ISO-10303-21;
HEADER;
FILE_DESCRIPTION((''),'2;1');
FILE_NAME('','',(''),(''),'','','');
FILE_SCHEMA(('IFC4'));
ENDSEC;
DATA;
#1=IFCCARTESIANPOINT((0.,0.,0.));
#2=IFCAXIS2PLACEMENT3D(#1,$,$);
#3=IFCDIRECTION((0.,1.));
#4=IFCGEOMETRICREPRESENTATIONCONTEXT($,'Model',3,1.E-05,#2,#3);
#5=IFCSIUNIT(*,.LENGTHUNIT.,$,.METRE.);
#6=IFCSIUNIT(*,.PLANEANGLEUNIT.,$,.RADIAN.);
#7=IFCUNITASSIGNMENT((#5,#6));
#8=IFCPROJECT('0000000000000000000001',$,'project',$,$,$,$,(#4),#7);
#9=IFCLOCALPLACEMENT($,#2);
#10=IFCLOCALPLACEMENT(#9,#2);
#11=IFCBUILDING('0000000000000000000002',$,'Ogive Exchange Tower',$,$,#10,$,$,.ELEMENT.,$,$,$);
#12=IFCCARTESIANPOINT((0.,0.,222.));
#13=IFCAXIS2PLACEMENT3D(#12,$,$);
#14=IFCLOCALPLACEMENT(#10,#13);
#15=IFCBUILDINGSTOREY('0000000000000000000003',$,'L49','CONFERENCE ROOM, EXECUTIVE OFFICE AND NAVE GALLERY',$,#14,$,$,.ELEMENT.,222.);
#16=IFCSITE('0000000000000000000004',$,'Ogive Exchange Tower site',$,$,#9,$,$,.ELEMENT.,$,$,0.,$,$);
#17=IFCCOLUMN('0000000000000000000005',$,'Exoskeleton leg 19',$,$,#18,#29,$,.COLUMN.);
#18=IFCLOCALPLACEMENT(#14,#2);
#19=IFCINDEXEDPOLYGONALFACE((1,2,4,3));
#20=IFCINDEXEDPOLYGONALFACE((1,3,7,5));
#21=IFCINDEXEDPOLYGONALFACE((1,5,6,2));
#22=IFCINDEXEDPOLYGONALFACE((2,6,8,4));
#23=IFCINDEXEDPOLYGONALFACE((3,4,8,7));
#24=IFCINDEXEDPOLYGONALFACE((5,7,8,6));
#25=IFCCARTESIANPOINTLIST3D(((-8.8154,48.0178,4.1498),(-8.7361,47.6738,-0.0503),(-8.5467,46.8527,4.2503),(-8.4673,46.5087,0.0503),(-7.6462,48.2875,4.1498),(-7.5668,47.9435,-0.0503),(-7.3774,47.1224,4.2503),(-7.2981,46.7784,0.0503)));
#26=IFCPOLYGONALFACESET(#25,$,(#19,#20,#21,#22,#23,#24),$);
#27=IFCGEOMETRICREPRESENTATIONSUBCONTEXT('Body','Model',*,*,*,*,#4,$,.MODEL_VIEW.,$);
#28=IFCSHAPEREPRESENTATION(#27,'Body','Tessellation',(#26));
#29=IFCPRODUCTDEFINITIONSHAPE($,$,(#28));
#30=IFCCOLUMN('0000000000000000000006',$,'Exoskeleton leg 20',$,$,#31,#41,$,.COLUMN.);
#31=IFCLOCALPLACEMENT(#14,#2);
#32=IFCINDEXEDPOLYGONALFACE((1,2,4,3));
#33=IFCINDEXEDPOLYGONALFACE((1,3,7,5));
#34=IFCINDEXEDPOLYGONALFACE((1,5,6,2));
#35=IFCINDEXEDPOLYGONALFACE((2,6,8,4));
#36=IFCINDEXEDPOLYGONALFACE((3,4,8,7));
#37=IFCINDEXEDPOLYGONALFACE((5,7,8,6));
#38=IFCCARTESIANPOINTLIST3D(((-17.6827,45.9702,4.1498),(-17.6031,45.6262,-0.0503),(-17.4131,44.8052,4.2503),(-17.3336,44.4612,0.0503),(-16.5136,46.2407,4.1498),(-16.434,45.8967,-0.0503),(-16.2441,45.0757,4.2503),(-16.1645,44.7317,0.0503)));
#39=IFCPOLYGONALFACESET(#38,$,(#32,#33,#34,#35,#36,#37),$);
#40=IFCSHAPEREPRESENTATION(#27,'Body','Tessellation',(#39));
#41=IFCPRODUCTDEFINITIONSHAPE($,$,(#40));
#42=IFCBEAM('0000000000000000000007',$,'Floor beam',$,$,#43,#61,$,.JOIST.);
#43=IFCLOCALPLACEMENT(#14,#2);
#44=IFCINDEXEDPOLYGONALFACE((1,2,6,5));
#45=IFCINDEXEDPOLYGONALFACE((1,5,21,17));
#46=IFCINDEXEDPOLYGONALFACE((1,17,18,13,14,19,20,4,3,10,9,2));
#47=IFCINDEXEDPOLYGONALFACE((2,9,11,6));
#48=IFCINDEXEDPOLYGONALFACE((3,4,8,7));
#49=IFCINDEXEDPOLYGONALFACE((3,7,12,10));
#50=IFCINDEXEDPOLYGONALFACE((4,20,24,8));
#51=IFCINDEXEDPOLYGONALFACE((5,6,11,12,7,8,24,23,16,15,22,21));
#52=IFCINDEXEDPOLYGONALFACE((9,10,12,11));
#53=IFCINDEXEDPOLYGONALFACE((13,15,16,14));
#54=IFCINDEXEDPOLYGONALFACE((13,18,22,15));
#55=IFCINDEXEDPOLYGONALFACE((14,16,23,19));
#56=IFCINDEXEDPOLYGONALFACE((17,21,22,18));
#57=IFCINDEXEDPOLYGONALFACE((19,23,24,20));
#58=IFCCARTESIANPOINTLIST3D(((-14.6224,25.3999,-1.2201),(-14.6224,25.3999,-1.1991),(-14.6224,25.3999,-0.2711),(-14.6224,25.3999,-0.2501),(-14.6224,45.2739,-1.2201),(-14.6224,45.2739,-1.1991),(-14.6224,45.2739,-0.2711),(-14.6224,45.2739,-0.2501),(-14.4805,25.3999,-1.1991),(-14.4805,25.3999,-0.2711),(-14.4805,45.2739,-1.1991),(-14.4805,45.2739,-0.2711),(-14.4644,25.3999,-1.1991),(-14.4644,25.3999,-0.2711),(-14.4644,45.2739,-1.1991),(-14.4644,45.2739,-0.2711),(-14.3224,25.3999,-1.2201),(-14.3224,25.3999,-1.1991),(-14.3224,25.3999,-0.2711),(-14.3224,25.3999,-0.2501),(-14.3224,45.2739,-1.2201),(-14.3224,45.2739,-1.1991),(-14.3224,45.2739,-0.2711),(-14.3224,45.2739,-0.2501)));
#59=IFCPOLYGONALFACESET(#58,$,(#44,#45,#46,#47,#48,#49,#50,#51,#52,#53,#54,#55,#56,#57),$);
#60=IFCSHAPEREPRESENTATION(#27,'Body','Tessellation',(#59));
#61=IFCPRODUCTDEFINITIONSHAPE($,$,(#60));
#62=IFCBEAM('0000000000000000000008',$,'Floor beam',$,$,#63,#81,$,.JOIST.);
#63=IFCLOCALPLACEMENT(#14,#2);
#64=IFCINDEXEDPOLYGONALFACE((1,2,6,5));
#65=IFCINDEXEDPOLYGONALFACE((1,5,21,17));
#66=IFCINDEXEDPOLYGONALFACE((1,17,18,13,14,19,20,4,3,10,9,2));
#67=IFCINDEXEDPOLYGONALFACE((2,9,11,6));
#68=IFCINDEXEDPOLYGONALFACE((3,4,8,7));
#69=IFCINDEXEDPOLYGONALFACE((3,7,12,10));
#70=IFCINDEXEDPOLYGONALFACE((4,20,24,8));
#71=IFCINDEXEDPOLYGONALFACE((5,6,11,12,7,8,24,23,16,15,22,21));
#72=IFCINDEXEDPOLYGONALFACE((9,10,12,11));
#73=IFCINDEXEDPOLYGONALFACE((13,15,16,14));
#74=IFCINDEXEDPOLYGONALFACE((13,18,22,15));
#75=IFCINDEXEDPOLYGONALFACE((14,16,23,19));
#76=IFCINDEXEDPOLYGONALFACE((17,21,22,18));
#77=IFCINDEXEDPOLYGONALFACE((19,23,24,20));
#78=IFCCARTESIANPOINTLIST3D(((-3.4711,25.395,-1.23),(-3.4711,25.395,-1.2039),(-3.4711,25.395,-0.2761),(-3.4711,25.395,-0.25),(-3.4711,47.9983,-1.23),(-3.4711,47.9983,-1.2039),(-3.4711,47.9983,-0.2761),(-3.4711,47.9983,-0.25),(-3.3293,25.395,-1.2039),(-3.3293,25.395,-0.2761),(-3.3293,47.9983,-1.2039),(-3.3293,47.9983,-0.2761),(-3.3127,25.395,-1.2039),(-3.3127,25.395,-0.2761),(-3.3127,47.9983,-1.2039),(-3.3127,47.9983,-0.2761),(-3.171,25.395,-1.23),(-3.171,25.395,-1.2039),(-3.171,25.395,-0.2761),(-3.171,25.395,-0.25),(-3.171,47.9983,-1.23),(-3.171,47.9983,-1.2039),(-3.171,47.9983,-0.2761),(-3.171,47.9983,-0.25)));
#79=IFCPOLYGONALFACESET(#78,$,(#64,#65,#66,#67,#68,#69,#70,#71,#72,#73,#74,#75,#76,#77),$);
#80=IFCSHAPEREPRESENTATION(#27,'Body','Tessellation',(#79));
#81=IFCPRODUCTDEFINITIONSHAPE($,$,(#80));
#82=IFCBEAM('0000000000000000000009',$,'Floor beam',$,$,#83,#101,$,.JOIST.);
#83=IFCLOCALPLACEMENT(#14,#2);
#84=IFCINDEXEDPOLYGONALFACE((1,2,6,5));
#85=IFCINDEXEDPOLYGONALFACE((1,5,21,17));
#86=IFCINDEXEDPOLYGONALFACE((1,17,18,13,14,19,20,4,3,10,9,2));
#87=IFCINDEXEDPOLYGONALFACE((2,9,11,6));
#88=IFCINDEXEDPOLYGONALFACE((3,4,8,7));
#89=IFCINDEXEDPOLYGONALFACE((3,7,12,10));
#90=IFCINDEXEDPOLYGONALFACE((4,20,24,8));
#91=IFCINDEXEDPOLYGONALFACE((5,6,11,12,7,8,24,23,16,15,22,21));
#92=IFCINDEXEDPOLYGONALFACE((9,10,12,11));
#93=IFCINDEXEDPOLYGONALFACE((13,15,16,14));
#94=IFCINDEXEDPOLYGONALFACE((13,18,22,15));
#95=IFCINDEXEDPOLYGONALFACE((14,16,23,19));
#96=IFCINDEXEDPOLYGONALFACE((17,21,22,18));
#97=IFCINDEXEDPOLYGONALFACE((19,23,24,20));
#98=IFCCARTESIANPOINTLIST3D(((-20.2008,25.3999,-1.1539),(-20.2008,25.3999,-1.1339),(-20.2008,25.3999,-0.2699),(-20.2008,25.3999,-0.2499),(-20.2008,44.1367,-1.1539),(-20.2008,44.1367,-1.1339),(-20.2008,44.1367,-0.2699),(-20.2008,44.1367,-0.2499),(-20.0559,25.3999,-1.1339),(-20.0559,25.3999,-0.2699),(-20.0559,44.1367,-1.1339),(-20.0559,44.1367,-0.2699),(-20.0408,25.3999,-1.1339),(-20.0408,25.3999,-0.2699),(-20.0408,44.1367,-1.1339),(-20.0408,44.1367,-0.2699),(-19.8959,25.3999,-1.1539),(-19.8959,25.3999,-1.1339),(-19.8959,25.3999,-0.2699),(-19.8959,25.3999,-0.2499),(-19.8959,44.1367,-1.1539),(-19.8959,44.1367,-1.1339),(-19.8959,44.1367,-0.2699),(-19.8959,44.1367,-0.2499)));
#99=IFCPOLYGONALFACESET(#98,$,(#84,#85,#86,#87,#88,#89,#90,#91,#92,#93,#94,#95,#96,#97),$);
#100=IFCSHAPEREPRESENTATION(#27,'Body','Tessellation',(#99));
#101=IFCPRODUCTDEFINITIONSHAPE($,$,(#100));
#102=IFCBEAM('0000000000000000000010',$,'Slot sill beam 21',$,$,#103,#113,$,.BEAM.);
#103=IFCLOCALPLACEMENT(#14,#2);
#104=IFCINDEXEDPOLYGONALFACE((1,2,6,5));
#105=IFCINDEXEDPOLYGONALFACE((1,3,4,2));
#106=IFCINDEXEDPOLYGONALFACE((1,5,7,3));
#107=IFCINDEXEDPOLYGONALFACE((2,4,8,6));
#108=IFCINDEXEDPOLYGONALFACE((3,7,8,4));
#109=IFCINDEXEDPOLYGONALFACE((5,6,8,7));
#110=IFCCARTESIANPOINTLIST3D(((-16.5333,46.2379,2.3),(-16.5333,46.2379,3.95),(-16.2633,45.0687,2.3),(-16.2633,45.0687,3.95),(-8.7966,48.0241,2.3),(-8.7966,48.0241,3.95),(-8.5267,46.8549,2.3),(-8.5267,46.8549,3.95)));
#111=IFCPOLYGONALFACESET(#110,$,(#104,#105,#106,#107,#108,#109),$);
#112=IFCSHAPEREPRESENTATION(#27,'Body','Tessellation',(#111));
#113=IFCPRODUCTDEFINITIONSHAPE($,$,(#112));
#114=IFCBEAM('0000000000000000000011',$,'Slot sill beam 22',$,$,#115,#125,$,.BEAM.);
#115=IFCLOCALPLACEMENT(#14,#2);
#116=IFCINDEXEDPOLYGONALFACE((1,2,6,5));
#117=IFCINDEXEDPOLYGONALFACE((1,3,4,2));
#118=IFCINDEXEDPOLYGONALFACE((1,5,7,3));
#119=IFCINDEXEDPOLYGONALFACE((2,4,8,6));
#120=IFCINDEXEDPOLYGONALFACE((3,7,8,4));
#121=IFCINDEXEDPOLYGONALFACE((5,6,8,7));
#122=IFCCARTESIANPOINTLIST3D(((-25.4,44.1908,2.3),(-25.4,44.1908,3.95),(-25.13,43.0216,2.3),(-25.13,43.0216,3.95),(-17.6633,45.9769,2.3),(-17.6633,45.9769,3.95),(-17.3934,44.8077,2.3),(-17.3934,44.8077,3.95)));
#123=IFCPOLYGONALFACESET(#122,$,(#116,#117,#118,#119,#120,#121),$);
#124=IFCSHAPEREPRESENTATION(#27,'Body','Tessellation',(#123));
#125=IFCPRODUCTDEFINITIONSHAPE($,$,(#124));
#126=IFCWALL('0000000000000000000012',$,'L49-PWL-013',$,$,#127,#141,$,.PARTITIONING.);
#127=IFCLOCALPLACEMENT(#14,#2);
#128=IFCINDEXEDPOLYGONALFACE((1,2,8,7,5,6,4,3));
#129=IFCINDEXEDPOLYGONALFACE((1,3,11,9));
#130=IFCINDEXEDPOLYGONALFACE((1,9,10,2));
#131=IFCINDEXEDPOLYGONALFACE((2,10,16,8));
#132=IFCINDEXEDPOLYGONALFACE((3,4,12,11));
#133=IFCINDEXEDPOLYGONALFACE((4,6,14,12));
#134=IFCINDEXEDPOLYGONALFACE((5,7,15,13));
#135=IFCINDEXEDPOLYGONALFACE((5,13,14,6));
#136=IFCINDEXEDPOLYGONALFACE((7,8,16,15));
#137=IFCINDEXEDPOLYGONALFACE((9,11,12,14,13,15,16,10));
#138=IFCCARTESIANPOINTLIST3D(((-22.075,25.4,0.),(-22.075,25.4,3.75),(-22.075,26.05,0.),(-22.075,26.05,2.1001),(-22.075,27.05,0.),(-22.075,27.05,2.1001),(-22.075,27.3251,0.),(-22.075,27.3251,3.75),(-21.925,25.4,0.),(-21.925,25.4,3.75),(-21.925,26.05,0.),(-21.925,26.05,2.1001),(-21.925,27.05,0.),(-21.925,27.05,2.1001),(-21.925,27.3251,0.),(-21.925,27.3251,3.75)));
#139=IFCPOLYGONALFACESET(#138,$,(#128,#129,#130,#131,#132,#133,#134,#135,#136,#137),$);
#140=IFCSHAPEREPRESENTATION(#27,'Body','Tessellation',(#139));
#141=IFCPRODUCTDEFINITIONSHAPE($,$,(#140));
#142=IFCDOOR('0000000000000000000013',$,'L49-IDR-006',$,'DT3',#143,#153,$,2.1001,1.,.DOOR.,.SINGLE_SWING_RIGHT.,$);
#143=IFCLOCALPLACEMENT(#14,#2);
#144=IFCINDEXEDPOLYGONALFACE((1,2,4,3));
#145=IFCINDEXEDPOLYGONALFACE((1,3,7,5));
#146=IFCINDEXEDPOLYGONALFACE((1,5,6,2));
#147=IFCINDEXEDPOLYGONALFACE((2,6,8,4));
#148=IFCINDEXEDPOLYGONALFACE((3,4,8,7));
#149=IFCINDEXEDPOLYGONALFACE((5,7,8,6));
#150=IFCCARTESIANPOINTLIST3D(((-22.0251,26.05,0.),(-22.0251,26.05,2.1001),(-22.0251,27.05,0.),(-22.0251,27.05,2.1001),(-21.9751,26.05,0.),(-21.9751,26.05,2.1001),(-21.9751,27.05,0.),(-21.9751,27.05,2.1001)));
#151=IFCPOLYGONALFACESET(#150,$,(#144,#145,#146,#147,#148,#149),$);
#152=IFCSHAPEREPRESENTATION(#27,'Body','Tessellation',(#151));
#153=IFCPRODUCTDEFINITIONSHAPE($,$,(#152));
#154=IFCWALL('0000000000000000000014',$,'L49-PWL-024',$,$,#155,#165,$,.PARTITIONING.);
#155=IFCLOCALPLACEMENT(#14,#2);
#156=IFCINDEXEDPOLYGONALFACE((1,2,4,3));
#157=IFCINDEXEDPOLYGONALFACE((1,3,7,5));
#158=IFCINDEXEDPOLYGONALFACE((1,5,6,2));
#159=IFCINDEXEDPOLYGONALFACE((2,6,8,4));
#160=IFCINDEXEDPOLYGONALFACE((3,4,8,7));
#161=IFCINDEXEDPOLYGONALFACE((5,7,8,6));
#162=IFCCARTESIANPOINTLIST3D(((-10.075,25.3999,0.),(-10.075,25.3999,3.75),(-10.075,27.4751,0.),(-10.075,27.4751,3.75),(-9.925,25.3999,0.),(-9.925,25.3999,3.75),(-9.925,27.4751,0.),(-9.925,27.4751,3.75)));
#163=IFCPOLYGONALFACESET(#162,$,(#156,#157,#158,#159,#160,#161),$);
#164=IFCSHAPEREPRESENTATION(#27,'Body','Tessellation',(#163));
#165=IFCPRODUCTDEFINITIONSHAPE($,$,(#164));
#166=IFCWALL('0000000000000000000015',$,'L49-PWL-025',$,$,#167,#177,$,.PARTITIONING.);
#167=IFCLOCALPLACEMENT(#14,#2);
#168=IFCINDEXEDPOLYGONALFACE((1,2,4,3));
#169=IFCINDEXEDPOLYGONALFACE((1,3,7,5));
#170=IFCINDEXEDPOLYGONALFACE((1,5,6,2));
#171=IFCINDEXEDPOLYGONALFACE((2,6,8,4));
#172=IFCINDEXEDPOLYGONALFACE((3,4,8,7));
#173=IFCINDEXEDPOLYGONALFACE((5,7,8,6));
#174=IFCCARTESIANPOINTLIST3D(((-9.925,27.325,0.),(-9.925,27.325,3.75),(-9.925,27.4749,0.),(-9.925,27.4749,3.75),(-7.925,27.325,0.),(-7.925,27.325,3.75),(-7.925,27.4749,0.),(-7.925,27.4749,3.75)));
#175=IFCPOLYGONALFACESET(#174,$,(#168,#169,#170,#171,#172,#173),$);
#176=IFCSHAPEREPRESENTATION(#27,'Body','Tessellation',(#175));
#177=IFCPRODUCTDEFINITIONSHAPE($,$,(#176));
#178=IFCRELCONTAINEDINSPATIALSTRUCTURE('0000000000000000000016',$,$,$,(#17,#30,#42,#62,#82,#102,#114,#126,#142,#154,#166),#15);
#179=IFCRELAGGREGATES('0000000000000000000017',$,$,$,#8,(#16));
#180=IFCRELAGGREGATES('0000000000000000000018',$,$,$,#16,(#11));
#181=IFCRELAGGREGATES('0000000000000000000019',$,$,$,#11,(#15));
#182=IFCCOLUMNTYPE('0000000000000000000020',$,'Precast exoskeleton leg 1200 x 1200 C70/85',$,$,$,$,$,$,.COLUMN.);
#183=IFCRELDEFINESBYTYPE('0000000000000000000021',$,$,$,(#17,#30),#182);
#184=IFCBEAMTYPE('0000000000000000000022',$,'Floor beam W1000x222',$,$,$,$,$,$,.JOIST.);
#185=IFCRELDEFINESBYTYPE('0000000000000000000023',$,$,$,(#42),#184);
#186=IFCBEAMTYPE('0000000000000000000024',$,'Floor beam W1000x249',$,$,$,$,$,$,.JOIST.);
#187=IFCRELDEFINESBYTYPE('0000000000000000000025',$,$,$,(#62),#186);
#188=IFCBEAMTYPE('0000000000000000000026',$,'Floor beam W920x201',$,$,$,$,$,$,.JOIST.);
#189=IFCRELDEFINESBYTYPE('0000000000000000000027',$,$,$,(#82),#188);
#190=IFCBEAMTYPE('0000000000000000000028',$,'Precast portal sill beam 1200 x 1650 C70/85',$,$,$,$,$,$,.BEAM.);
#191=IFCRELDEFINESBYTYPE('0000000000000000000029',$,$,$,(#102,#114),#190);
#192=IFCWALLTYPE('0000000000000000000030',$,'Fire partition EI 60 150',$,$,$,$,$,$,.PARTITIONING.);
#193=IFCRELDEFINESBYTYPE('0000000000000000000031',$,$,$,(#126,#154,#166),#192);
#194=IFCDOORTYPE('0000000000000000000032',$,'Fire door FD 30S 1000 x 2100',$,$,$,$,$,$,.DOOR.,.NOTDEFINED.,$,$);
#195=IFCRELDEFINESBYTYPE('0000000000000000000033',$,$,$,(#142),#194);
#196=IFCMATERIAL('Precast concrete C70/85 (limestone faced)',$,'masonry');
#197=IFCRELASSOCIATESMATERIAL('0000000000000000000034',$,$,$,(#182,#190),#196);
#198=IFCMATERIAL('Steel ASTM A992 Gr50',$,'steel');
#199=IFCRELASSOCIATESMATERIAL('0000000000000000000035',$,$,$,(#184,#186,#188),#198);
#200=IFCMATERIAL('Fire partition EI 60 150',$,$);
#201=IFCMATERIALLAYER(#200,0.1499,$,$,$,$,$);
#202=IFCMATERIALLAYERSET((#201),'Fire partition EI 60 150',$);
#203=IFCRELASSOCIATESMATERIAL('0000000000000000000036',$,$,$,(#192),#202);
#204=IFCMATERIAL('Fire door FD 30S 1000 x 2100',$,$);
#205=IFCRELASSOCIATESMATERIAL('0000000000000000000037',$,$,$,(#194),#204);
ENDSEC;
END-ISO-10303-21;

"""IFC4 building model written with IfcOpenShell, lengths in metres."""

from ifc_helpers import new_model, si_unit, direction, frame, frame_2d, origin, origin_2d, place, context, subcontext, project, spatial, rectangle, i_section, extrude, material, layer, layer_set, material_profile, profile_set, type_object, element, fill, save


model = new_model("IFC4")

# Units and contexts
model_context = context("Model", 3, precision=1e-05, world=origin(), true_north=direction((0.0, 1.0)))
body_context = subcontext(model_context, "Body", "Model", "MODEL_VIEW")
ifc_project = project(units=[si_unit("LENGTHUNIT", "METRE"), si_unit("PLANEANGLEUNIT", "RADIAN")], contexts=[model_context])

# Site, building, storey
site_placement = place(None, origin())
site = spatial("IfcSite", under=ifc_project, at=site_placement, Name="Ogive Exchange Tower site", CompositionType="ELEMENT", RefElevation=0.0)
building_placement = place(site_placement, origin())
building = spatial("IfcBuilding", under=site, at=building_placement, Name="Ogive Exchange Tower", CompositionType="ELEMENT")
storey_placement = place(building_placement, frame((0.0, 0.0, 222.0)))
storey = spatial("IfcBuildingStorey", under=building, at=storey_placement, Name="L49", Description="CONFERENCE ROOM, EXECUTIVE OFFICE AND NAVE GALLERY", CompositionType="ELEMENT", Elevation=222.0)

# Columns
ifc_material_1 = material(Name="Precast concrete C70/85 (limestone faced)", Category="masonry")
ifc_material_profile_1 = material_profile(ifc_material_1, rectangle(XDim=1.2, YDim=1.2, at=origin_2d()), Name="1200 x 1200")
ifc_profile_set_1 = profile_set([ifc_material_profile_1], Name="Precast concrete C70/85 (limestone faced)")
column_type = type_object("IfcColumnType", Name="Precast exoskeleton leg 1200 x 1200 C70/85", PredefinedType="COLUMN", material=ifc_profile_set_1)
for number, where, z_axis, x_axis, name in (
    (1, (-8.0171, 47.2261, 0.0), (-0.018826, 0.081617, 0.996486), (-0.974415, -0.224758, 0.0), "Exoskeleton leg 19"),
    (2, (-16.8838, 45.179, 0.0), (-0.018884, 0.081616, 0.996485), (-0.974263, -0.225415, 0.0), "Exoskeleton leg 20"),
):
    element("IfcColumn", number, at=place(storey_placement, frame(where, z_axis=z_axis, x_axis=x_axis)), inside=storey, type_object=column_type, Name=name, PredefinedType="COLUMN", context=body_context, shape_type="SweptSolid", body=[
        extrude(rectangle(XDim=1.2, YDim=1.2, at=origin_2d()), origin(), (0.0, 0.0, 1.0), 4.2148),
    ])

# Beams
ifc_material_2 = material(Name="Steel ASTM A992 Gr50", Category="steel")
ifc_material_profile_2 = material_profile(ifc_material_2, i_section(OverallWidth=0.3, OverallDepth=0.97, WebThickness=0.0161, FlangeThickness=0.021, at=origin_2d()), Name="W1000x222")
ifc_profile_set_2 = profile_set([ifc_material_profile_2], Name="Steel ASTM A992 Gr50")
beam_type_1 = type_object("IfcBeamType", Name="Floor beam W1000x222", PredefinedType="JOIST", material=ifc_profile_set_2)
beam_1_placement = place(storey_placement, frame((-14.4724, 25.3999, -0.7351), z_axis=(0.0, 1.0, 0.0), x_axis=(-1.0, 0.0, 0.0)))
element("IfcBeam", 3, at=beam_1_placement, inside=storey, type_object=beam_type_1, Name="Floor beam", PredefinedType="JOIST", context=body_context, shape_type="SweptSolid", body=[
    extrude(i_section(OverallWidth=0.3, OverallDepth=0.97, WebThickness=0.0161, FlangeThickness=0.021, at=origin_2d()), origin(), (0.0, 0.0, 1.0), 19.874),
])
ifc_material_profile_3 = material_profile(ifc_material_2, i_section(OverallWidth=0.3, OverallDepth=0.98, WebThickness=0.0166, FlangeThickness=0.0261, at=origin_2d()), Name="W1000x249")
ifc_profile_set_3 = profile_set([ifc_material_profile_3], Name="Steel ASTM A992 Gr50")
beam_type_2 = type_object("IfcBeamType", Name="Floor beam W1000x249", PredefinedType="JOIST", material=ifc_profile_set_3)
beam_2_placement = place(storey_placement, frame((-3.321, 25.395, -0.74), z_axis=(0.0, 1.0, 0.0), x_axis=(-1.0, 0.0, 0.0)))
element("IfcBeam", 4, at=beam_2_placement, inside=storey, type_object=beam_type_2, Name="Floor beam", PredefinedType="JOIST", context=body_context, shape_type="SweptSolid", body=[
    extrude(i_section(OverallWidth=0.3, OverallDepth=0.98, WebThickness=0.0166, FlangeThickness=0.0261, at=origin_2d()), origin(), (0.0, 0.0, 1.0), 22.6033),
])
ifc_material_profile_4 = material_profile(ifc_material_2, i_section(OverallWidth=0.3049, OverallDepth=0.9041, WebThickness=0.0151, FlangeThickness=0.02, at=origin_2d()), Name="W920x201")
ifc_profile_set_4 = profile_set([ifc_material_profile_4], Name="Steel ASTM A992 Gr50")
beam_type_3 = type_object("IfcBeamType", Name="Floor beam W920x201", PredefinedType="JOIST", material=ifc_profile_set_4)
beam_3_placement = place(storey_placement, frame((-20.0483, 25.3999, -0.7019), z_axis=(0.0, 1.0, 0.0), x_axis=(-1.0, 0.0, 0.0)))
element("IfcBeam", 5, at=beam_3_placement, inside=storey, type_object=beam_type_3, Name="Floor beam", PredefinedType="JOIST", context=body_context, shape_type="SweptSolid", body=[
    extrude(i_section(OverallWidth=0.3049, OverallDepth=0.9041, WebThickness=0.0151, FlangeThickness=0.02, at=origin_2d()), origin(), (0.0, 0.0, 1.0), 18.7368),
])
ifc_material_profile_5 = material_profile(ifc_material_1, rectangle(XDim=1.2, YDim=1.6499, at=origin_2d()), Name="1200 x 1650")
ifc_profile_set_5 = profile_set([ifc_material_profile_5], Name="Precast concrete C70/85 (limestone faced)")
beam_type_4 = type_object("IfcBeamType", Name="Precast portal sill beam 1200 x 1650 C70/85", PredefinedType="BEAM", material=ifc_profile_set_5)
for number, where, z_axis, x_axis, name in (
    (6, (-8.6616, 47.4395, 3.125), (-0.97437, -0.224952, 0.0), (0.224952, -0.97437, 0.0), "Slot sill beam 21"),
    (7, (-17.5283, 45.3923, 3.125), (-0.97437, -0.224952, 0.0), (0.224952, -0.97437, 0.0), "Slot sill beam 22"),
):
    element("IfcBeam", number, at=place(storey_placement, frame(where, z_axis=z_axis, x_axis=x_axis)), inside=storey, type_object=beam_type_4, Name=name, PredefinedType="BEAM", context=body_context, shape_type="SweptSolid", body=[
        extrude(rectangle(XDim=1.2, YDim=1.6499, at=origin_2d()), origin(), (0.0, 0.0, 1.0), 7.9402),
    ])

# Wall, opening, door
ifc_material_3 = material(Name="Fire partition EI 60 150")
ifc_layer_1 = layer(ifc_material_3, 0.1499)
ifc_layer_set_1 = layer_set([ifc_layer_1], Name="Fire partition EI 60 150")
wall_type_1 = type_object("IfcWallType", Name="Fire partition EI 60 150", PredefinedType="PARTITIONING", material=ifc_layer_set_1)
wall_1_placement = place(storey_placement, frame((-22.0, 27.325, 0.0), z_axis=(0.0, 0.0, 1.0), x_axis=(0.0, -1.0, 0.0)))
wall_1 = element("IfcWall", 8, at=wall_1_placement, inside=storey, type_object=wall_type_1, Name="L49-PWL-013", PredefinedType="PARTITIONING", context=body_context, shape_type="SweptSolid", body=[
    extrude(rectangle(XDim=1.925, YDim=0.1499, at=frame_2d((0.9624, 0.0))), origin(), (0.0, 0.0, 1.0), 3.75),
])
opening_1_placement = place(wall_1_placement, frame((0.2749, 0.0, 0.0)))
opening_1 = element("IfcOpeningElement", 9, at=opening_1_placement, cuts=wall_1, PredefinedType="OPENING", context=body_context, shape_type="SweptSolid", body=[
    extrude(rectangle(XDim=1.0, YDim=2.1001, at=frame_2d((0.5, 1.05))), frame((0.0, 0.085, 0.0), z_axis=(0.0, -1.0, 0.0), x_axis=(1.0, 0.0, 0.0)), (0.0, 0.0, 1.0), 0.1699),
])
ifc_material_4 = material(Name="Fire door FD 30S 1000 x 2100")
door_type_1 = type_object("IfcDoorType", Name="Fire door FD 30S 1000 x 2100", OperationType="NOTDEFINED", PredefinedType="DOOR", material=ifc_material_4)
door_1_placement = place(opening_1_placement, origin())
door_1 = element("IfcDoor", 10, at=door_1_placement, inside=storey, type_object=door_type_1, Name="L49-IDR-006", ObjectType="DT3", OperationType="SINGLE_SWING_RIGHT", OverallHeight=2.1001, OverallWidth=1.0, PredefinedType="DOOR", context=body_context, shape_type="SweptSolid", body=[
    extrude(rectangle(XDim=1.0, YDim=2.1001, at=frame_2d((0.5, 1.05))), frame((0.0, 0.0249, 0.0), z_axis=(0.0, -1.0, 0.0), x_axis=(1.0, 0.0, 0.0)), (0.0, 0.0, 1.0), 0.05),
])
fill(opening_1, door_1)

# Walls
wall_2_placement = place(storey_placement, frame((-10.0, 25.3999, 0.0), z_axis=(0.0, 0.0, 1.0), x_axis=(0.0, 1.0, 0.0)))
element("IfcWall", 11, at=wall_2_placement, inside=storey, type_object=wall_type_1, Name="L49-PWL-024", PredefinedType="PARTITIONING", context=body_context, shape_type="SweptSolid", body=[
    extrude(rectangle(XDim=2.0752, YDim=0.1499, at=frame_2d((1.0376, 0.0))), origin(), (0.0, 0.0, 1.0), 3.75),
])
wall_3_placement = place(storey_placement, frame((-9.925, 27.3999, 0.0), z_axis=(0.0, 0.0, 1.0), x_axis=(1.0, 0.0, 0.0)))
element("IfcWall", 12, at=wall_3_placement, inside=storey, type_object=wall_type_1, Name="L49-PWL-025", PredefinedType="PARTITIONING", context=body_context, shape_type="SweptSolid", body=[
    extrude(rectangle(XDim=2.0, YDim=0.1499, at=frame_2d((1.0, 0.0))), origin(), (0.0, 0.0, 1.0), 3.75),
])

save(model, "model.ifc")
